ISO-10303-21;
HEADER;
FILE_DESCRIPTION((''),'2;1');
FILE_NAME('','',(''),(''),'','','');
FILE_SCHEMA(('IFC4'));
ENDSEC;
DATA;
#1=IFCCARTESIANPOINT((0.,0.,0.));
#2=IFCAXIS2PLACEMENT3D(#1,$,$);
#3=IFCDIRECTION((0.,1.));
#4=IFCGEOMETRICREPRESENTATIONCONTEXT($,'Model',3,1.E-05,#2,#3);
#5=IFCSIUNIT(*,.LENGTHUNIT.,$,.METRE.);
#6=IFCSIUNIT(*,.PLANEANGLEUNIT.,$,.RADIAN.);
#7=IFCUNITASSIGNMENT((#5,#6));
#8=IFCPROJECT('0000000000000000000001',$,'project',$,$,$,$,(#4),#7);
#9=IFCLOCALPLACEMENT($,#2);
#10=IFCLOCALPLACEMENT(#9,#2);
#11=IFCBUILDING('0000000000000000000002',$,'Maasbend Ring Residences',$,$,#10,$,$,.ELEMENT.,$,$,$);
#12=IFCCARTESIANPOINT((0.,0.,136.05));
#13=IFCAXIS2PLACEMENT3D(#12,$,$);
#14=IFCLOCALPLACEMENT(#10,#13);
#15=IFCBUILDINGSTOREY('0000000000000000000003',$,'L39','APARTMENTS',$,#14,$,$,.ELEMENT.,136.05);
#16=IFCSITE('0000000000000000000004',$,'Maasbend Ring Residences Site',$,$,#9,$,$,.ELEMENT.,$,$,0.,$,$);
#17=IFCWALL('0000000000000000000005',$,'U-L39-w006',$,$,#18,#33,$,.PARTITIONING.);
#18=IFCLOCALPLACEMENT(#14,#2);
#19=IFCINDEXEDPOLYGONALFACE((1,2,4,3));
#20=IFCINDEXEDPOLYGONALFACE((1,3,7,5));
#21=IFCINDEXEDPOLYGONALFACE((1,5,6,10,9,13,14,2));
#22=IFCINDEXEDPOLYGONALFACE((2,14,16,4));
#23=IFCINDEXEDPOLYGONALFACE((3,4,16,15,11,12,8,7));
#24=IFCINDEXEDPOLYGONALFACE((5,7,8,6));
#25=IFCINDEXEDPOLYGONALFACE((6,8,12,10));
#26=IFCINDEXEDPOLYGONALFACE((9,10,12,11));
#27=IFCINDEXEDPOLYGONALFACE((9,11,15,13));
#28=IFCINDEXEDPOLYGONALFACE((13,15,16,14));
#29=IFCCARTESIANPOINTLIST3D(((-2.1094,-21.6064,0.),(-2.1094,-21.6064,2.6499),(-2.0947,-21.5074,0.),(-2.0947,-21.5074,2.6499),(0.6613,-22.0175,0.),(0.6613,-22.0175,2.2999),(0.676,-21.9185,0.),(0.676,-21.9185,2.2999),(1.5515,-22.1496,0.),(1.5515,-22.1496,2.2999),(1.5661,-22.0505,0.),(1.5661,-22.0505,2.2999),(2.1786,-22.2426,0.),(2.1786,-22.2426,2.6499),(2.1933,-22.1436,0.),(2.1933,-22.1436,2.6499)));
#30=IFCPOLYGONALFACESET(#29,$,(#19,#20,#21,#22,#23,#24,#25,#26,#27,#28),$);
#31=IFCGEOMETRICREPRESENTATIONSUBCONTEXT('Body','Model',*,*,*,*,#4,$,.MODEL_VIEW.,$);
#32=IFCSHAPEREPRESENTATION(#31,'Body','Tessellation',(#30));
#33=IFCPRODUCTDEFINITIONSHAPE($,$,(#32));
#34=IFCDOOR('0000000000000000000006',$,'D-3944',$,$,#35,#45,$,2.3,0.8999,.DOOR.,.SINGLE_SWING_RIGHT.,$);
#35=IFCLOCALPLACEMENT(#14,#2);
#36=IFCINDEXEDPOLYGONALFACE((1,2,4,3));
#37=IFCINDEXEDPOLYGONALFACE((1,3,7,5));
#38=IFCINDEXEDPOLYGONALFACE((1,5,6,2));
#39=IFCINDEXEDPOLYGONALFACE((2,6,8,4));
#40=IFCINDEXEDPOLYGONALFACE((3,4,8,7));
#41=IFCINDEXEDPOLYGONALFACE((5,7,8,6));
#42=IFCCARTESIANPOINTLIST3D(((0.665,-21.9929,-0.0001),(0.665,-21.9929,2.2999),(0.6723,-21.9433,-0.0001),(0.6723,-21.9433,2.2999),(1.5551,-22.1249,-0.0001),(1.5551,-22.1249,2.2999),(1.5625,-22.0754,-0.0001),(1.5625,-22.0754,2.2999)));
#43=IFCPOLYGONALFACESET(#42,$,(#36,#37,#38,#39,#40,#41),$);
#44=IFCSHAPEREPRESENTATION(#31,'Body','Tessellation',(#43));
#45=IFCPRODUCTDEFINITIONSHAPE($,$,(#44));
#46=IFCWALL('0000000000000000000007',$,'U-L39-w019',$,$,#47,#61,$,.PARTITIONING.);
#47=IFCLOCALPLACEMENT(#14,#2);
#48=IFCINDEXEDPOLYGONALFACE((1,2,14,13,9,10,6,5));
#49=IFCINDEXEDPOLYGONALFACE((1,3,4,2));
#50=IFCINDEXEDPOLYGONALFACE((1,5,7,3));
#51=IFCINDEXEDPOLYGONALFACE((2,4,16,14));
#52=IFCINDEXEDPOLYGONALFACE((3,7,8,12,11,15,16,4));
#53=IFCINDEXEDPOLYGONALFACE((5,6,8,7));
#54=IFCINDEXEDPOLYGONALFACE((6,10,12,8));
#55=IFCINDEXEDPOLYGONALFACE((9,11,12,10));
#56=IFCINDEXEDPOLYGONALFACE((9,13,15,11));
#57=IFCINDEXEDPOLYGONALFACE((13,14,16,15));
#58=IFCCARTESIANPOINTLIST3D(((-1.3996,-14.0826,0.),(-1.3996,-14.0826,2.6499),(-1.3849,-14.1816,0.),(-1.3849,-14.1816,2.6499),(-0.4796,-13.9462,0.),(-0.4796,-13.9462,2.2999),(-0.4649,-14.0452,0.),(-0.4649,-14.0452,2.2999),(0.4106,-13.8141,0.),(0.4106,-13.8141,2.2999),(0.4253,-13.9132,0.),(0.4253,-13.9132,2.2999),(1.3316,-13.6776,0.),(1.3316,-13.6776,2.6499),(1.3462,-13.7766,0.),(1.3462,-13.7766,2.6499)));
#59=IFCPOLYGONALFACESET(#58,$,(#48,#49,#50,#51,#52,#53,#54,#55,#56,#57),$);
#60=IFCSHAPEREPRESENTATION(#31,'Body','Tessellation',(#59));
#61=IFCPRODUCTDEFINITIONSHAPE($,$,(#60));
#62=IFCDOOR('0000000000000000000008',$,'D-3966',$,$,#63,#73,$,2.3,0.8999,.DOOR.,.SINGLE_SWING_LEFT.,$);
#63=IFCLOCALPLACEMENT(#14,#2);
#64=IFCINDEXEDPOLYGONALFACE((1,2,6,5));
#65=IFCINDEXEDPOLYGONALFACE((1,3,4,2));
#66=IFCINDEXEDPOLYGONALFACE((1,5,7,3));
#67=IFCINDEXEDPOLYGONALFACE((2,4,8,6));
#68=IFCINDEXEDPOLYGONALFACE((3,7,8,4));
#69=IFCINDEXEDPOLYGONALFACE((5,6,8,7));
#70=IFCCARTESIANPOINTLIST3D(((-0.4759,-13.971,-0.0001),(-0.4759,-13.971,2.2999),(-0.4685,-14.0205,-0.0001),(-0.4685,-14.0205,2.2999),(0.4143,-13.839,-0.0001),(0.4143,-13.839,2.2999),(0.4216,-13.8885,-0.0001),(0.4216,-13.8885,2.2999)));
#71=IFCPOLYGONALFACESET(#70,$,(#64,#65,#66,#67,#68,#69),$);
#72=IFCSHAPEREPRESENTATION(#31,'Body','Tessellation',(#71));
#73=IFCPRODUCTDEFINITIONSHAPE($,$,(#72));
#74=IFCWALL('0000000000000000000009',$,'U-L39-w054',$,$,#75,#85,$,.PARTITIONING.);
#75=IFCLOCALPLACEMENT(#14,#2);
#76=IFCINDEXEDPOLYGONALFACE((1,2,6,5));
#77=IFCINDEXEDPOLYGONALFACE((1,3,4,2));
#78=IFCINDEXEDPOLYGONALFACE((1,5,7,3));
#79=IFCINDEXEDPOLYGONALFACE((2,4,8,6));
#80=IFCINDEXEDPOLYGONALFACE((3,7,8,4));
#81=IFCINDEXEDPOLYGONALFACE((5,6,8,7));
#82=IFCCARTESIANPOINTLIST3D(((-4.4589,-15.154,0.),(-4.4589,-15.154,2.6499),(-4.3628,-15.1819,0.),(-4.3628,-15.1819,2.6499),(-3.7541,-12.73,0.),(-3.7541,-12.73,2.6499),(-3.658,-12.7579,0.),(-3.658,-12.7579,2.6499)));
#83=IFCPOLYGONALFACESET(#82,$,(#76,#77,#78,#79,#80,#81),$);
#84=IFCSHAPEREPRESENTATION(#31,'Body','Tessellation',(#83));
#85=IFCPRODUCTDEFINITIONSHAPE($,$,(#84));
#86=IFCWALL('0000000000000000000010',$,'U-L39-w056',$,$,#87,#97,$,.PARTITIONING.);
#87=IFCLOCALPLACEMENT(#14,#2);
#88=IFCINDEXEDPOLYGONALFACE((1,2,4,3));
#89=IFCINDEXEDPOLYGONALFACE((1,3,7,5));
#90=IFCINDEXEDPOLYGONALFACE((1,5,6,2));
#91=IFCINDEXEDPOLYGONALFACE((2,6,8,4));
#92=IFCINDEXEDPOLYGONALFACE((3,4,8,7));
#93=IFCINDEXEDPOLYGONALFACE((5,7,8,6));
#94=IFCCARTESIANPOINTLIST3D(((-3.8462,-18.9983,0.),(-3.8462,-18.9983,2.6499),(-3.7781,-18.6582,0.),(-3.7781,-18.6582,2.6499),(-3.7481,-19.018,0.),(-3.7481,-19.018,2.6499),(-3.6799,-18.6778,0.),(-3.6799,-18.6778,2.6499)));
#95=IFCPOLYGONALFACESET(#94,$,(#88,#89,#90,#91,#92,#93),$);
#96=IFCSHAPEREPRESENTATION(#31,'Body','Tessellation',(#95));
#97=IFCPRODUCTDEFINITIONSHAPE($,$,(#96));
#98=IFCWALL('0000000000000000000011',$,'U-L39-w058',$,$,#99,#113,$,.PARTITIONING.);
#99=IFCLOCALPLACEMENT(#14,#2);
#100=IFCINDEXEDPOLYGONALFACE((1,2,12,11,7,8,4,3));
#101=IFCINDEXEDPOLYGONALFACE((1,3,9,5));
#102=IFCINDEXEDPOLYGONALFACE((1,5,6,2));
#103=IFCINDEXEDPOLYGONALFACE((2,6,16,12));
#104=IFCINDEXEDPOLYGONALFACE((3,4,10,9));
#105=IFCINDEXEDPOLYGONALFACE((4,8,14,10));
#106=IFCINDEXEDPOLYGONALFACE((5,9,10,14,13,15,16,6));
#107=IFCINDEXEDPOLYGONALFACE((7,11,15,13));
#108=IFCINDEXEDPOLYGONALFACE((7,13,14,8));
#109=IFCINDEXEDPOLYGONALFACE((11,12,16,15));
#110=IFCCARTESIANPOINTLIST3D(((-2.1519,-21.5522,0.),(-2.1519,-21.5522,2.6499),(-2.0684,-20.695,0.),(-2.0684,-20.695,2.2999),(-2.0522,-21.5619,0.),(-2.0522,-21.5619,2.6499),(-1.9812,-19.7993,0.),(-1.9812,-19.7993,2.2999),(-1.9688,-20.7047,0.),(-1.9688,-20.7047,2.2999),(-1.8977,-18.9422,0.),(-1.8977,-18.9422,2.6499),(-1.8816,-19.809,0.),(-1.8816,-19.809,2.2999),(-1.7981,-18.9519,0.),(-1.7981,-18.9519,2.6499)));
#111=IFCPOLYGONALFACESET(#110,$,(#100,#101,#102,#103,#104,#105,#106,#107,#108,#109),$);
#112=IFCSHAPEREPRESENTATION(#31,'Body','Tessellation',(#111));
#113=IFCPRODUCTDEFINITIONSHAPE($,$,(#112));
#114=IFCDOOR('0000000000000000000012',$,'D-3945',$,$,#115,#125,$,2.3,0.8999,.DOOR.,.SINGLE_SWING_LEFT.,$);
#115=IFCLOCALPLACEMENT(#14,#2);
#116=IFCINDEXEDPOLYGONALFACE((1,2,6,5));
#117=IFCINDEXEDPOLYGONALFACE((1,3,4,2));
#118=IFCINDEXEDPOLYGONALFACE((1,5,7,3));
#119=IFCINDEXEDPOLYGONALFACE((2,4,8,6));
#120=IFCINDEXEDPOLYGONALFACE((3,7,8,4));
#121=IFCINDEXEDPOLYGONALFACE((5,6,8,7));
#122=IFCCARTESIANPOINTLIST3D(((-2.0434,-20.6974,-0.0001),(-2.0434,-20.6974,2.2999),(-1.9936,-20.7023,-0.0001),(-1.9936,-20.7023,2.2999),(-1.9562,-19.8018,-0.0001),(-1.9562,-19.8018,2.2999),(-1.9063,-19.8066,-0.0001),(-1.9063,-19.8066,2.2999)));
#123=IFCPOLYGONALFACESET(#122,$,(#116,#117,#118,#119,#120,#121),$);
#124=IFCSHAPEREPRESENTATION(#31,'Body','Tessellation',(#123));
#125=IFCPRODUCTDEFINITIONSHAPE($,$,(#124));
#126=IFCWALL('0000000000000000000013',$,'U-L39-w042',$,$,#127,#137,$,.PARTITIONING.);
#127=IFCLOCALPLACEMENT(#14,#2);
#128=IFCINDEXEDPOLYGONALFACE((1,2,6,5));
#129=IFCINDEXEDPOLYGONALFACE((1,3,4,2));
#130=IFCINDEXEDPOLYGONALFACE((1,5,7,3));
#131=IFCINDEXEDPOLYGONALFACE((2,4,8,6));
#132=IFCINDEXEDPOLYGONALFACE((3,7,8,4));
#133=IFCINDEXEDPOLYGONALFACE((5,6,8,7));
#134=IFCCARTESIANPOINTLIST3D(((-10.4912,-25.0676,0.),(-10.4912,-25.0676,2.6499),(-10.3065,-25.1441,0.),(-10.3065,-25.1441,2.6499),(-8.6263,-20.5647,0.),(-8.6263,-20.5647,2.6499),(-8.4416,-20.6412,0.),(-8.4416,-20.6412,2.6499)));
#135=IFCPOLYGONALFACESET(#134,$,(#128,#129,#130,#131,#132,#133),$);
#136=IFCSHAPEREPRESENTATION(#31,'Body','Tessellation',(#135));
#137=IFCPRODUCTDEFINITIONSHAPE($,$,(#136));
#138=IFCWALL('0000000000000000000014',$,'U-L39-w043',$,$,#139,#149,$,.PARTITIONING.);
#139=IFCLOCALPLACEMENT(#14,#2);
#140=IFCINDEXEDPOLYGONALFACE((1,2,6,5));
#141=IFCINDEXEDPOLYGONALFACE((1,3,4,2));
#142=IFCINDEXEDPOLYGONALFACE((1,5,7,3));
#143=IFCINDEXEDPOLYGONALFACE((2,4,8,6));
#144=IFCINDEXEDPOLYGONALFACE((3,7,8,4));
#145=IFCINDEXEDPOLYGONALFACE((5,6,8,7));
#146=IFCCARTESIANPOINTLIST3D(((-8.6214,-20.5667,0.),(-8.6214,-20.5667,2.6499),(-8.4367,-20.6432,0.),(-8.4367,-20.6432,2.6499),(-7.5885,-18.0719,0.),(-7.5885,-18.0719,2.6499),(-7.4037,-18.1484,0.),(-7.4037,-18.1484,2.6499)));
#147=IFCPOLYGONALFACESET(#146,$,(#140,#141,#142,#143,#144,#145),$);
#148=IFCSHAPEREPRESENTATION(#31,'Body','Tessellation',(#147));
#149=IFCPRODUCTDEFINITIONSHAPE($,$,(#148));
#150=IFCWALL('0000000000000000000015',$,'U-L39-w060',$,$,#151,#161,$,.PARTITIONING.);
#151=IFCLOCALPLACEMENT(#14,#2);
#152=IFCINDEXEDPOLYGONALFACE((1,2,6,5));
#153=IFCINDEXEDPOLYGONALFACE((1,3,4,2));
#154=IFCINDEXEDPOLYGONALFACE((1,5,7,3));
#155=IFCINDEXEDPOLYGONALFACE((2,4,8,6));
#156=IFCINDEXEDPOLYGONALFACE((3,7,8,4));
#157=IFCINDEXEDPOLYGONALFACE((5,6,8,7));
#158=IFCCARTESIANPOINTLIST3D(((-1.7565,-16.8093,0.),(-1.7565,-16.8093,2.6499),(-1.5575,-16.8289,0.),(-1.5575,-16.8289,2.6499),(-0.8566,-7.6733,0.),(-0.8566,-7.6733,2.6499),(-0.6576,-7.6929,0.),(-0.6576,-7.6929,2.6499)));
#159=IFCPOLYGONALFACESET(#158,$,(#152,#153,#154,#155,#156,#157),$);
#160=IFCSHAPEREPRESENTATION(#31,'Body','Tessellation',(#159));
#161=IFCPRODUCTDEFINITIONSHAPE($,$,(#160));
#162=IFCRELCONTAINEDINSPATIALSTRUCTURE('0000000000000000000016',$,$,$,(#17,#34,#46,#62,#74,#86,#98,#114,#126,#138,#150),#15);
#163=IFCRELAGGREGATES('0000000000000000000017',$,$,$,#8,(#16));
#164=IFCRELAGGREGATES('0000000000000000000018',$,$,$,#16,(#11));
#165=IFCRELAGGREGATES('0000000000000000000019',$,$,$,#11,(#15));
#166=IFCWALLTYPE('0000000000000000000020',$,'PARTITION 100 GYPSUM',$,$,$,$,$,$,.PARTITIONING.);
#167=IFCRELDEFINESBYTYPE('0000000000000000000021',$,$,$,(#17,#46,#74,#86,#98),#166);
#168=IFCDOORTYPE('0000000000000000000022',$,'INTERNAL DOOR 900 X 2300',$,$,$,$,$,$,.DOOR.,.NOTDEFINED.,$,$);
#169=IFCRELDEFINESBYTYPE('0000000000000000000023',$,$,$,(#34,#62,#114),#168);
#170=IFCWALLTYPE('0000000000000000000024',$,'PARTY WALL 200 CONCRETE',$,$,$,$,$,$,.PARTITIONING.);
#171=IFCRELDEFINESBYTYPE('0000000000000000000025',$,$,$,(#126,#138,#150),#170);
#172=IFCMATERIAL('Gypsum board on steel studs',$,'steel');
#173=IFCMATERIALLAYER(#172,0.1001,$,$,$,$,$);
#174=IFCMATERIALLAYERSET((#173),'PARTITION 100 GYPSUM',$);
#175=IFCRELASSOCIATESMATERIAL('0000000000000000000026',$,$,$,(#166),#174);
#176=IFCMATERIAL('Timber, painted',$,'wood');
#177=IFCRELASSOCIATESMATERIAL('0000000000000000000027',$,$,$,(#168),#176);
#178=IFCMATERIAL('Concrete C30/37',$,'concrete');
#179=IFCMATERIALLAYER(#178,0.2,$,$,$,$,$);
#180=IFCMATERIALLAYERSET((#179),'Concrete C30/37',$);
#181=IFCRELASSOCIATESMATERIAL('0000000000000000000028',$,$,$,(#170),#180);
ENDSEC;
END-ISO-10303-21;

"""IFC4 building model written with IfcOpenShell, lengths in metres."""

from ifc_helpers import new_model, si_unit, direction, frame, frame_2d, origin, place, context, subcontext, project, spatial, rectangle, extrude, material, layer, layer_set, type_object, element, fill, save


model = new_model("IFC4")

# Units and contexts
model_context = context("Model", 3, precision=1e-05, world=origin(), true_north=direction((0.0, 1.0)))
body_context = subcontext(model_context, "Body", "Model", "MODEL_VIEW")
ifc_project = project(units=[si_unit("LENGTHUNIT", "METRE"), si_unit("PLANEANGLEUNIT", "RADIAN")], contexts=[model_context])

# Site, building, storey
site_placement = place(None, origin())
site = spatial("IfcSite", under=ifc_project, at=site_placement, Name="Maasbend Ring Residences Site", CompositionType="ELEMENT", RefElevation=0.0)
building_placement = place(site_placement, origin())
building = spatial("IfcBuilding", under=site, at=building_placement, Name="Maasbend Ring Residences", CompositionType="ELEMENT")
storey_placement = place(building_placement, frame((0.0, 0.0, 136.05)))
storey = spatial("IfcBuildingStorey", under=building, at=storey_placement, Name="L39", Description="APARTMENTS", CompositionType="ELEMENT", Elevation=136.05)

# Shared definitions
ifc_material_1 = material(Name="Gypsum board on steel studs", Category="steel")
ifc_layer_1 = layer(ifc_material_1, 0.1001)
ifc_layer_set_1 = layer_set([ifc_layer_1], Name="PARTITION 100 GYPSUM")
wall_type_1 = type_object("IfcWallType", Name="PARTITION 100 GYPSUM", PredefinedType="PARTITIONING", material=ifc_layer_set_1)

# Walls, openings, doors
wall_1_placement = place(storey_placement, frame((-2.1021, -21.5569, 0.0), z_axis=(0.0, 0.0, 1.0), x_axis=(0.989171, -0.146765, 0.0)))
wall_1 = element("IfcWall", 1, at=wall_1_placement, inside=storey, type_object=wall_type_1, Name="U-L39-w006", PredefinedType="PARTITIONING", context=body_context, shape_type="SweptSolid", body=[
    extrude(rectangle(XDim=4.335, YDim=0.1001, at=frame_2d((2.1675, 0.0))), origin(), (0.0, 0.0, 1.0), 2.6499),
])
opening_1_placement = place(wall_1_placement, frame((2.801, 0.0, 0.0)))
opening_1 = element("IfcOpeningElement", 2, at=opening_1_placement, cuts=wall_1, PredefinedType="OPENING", context=body_context, shape_type="SweptSolid", body=[
    extrude(rectangle(XDim=0.8999, YDim=2.3, at=frame_2d((0.45, 1.1499))), frame((0.0, 0.0601, 0.0), z_axis=(0.0, -1.0, 0.0), x_axis=(1.0, 0.0, 0.0)), (0.0, 0.0, 1.0), 0.1201),
])
ifc_material_2 = material(Name="Timber, painted", Category="wood")
door_type_1 = type_object("IfcDoorType", Name="INTERNAL DOOR 900 X 2300", OperationType="NOTDEFINED", PredefinedType="DOOR", material=ifc_material_2)
door_1_placement = place(opening_1_placement, origin())
door_1 = element("IfcDoor", 3, at=door_1_placement, inside=storey, type_object=door_type_1, Name="D-3944", OperationType="SINGLE_SWING_RIGHT", OverallHeight=2.3, OverallWidth=0.8999, PredefinedType="DOOR", context=body_context, shape_type="SweptSolid", body=[
    extrude(rectangle(XDim=0.8999, YDim=2.3, at=frame_2d((0.45, 1.1499))), frame((0.0, 0.0249, 0.0), z_axis=(0.0, -1.0, 0.0), x_axis=(1.0, 0.0, 0.0)), (0.0, 0.0, 1.0), 0.05),
])
fill(opening_1, door_1)
wall_2_placement = place(storey_placement, frame((-1.3921, -14.1321, 0.0), z_axis=(0.0, 0.0, 1.0), x_axis=(0.989182, 0.146693, 0.0)))
wall_2 = element("IfcWall", 4, at=wall_2_placement, inside=storey, type_object=wall_type_1, Name="U-L39-w019", PredefinedType="PARTITIONING", context=body_context, shape_type="SweptSolid", body=[
    extrude(rectangle(XDim=2.761, YDim=0.1001, at=frame_2d((1.3804, 0.0))), origin(), (0.0, 0.0, 1.0), 2.6499),
])
opening_2_placement = place(wall_2_placement, frame((0.9299, 0.0, 0.0)))
opening_2 = element("IfcOpeningElement", 5, at=opening_2_placement, cuts=wall_2, PredefinedType="OPENING", context=body_context, shape_type="SweptSolid", body=[
    extrude(rectangle(XDim=0.8999, YDim=2.3, at=frame_2d((0.45, 1.1499))), frame((0.0, 0.0601, 0.0), z_axis=(0.0, -1.0, 0.0), x_axis=(1.0, 0.0, 0.0)), (0.0, 0.0, 1.0), 0.1201),
])
door_2_placement = place(opening_2_placement, origin())
door_2 = element("IfcDoor", 6, at=door_2_placement, inside=storey, type_object=door_type_1, Name="D-3966", OperationType="SINGLE_SWING_LEFT", OverallHeight=2.3, OverallWidth=0.8999, PredefinedType="DOOR", context=body_context, shape_type="SweptSolid", body=[
    extrude(rectangle(XDim=0.8999, YDim=2.3, at=frame_2d((0.45, 1.1499))), frame((0.0, 0.0249, 0.0), z_axis=(0.0, -1.0, 0.0), x_axis=(1.0, 0.0, 0.0)), (0.0, 0.0, 1.0), 0.05),
])
fill(opening_2, door_2)

# Walls
wall_3_placement = place(storey_placement, frame((-4.4109, -15.168, 0.0), z_axis=(0.0, 0.0, 1.0), x_axis=(0.279201, 0.960233, 0.0)))
element("IfcWall", 7, at=wall_3_placement, inside=storey, type_object=wall_type_1, Name="U-L39-w054", PredefinedType="PARTITIONING", context=body_context, shape_type="SweptSolid", body=[
    extrude(rectangle(XDim=2.5244, YDim=0.1001, at=frame_2d((1.2622, 0.0))), origin(), (0.0, 0.0, 1.0), 2.6499),
])
wall_4_placement = place(storey_placement, frame((-3.7971, -19.0081, 0.0), z_axis=(0.0, 0.0, 1.0), x_axis=(0.196387, 0.980526, 0.0)))
element("IfcWall", 8, at=wall_4_placement, inside=storey, type_object=wall_type_1, Name="U-L39-w056", PredefinedType="PARTITIONING", context=body_context, shape_type="SweptSolid", body=[
    extrude(rectangle(XDim=0.3469, YDim=0.1001, at=frame_2d((0.1733, 0.0))), origin(), (0.0, 0.0, 1.0), 2.6499),
])

# Wall, opening, door
wall_5_placement = place(storey_placement, frame((-2.1021, -21.5569, 0.0), z_axis=(0.0, 0.0, 1.0), x_axis=(0.096922, 0.995292, 0.0)))
wall_5 = element("IfcWall", 9, at=wall_5_placement, inside=storey, type_object=wall_type_1, Name="U-L39-w058", PredefinedType="PARTITIONING", context=body_context, shape_type="SweptSolid", body=[
    extrude(rectangle(XDim=2.6223, YDim=0.1001, at=frame_2d((1.311, 0.0))), origin(), (0.0, 0.0, 1.0), 2.6499),
])
opening_3_placement = place(wall_5_placement, frame((0.8611, 0.0, 0.0)))
opening_3 = element("IfcOpeningElement", 10, at=opening_3_placement, cuts=wall_5, PredefinedType="OPENING", context=body_context, shape_type="SweptSolid", body=[
    extrude(rectangle(XDim=0.8999, YDim=2.3, at=frame_2d((0.45, 1.1499))), frame((0.0, 0.0601, 0.0), z_axis=(0.0, -1.0, 0.0), x_axis=(1.0, 0.0, 0.0)), (0.0, 0.0, 1.0), 0.1201),
])
door_3_placement = place(opening_3_placement, origin())
door_3 = element("IfcDoor", 11, at=door_3_placement, inside=storey, type_object=door_type_1, Name="D-3945", OperationType="SINGLE_SWING_LEFT", OverallHeight=2.3, OverallWidth=0.8999, PredefinedType="DOOR", context=body_context, shape_type="SweptSolid", body=[
    extrude(rectangle(XDim=0.8999, YDim=2.3, at=frame_2d((0.45, 1.1499))), frame((0.0, 0.0249, 0.0), z_axis=(0.0, -1.0, 0.0), x_axis=(1.0, 0.0, 0.0)), (0.0, 0.0, 1.0), 0.05),
])
fill(opening_3, door_3)

# Walls
ifc_material_3 = material(Name="Concrete C30/37", Category="concrete")
ifc_layer_2 = layer(ifc_material_3, 0.2)
ifc_layer_set_2 = layer_set([ifc_layer_2], Name="Concrete C30/37")
wall_type_2 = type_object("IfcWallType", Name="PARTY WALL 200 CONCRETE", PredefinedType="PARTITIONING", material=ifc_layer_set_2)
wall_6_placement = place(storey_placement, frame((-10.3989, -25.106, 0.0), z_axis=(0.0, 0.0, 1.0), x_axis=(0.382651, 0.923893, 0.0)))
element("IfcWall", 12, at=wall_6_placement, inside=storey, type_object=wall_type_2, Name="U-L39-w042", PredefinedType="PARTITIONING", context=body_context, shape_type="SweptSolid", body=[
    extrude(rectangle(XDim=4.8738, YDim=0.2, at=frame_2d((2.437, 0.0))), origin(), (0.0, 0.0, 1.0), 2.6499),
])
wall_7_placement = place(storey_placement, frame((-8.5291, -20.605, 0.0), z_axis=(0.0, 0.0, 1.0), x_axis=(0.382541, 0.923939, 0.0)))
element("IfcWall", 13, at=wall_7_placement, inside=storey, type_object=wall_type_2, Name="U-L39-w043", PredefinedType="PARTITIONING", context=body_context, shape_type="SweptSolid", body=[
    extrude(rectangle(XDim=2.7002, YDim=0.2, at=frame_2d((1.3501, 0.0))), origin(), (0.0, 0.0, 1.0), 2.6499),
])
wall_8_placement = place(storey_placement, frame((-1.657, -16.8191, 0.0), z_axis=(0.0, 0.0, 1.0), x_axis=(0.098026, 0.995184, 0.0)))
element("IfcWall", 14, at=wall_8_placement, inside=storey, type_object=wall_type_2, Name="U-L39-w060", PredefinedType="PARTITIONING", context=body_context, shape_type="SweptSolid", body=[
    extrude(rectangle(XDim=9.1802, YDim=0.2, at=frame_2d((4.5901, 0.0))), origin(), (0.0, 0.0, 1.0), 2.6499),
])

save(model, "model.ifc")
